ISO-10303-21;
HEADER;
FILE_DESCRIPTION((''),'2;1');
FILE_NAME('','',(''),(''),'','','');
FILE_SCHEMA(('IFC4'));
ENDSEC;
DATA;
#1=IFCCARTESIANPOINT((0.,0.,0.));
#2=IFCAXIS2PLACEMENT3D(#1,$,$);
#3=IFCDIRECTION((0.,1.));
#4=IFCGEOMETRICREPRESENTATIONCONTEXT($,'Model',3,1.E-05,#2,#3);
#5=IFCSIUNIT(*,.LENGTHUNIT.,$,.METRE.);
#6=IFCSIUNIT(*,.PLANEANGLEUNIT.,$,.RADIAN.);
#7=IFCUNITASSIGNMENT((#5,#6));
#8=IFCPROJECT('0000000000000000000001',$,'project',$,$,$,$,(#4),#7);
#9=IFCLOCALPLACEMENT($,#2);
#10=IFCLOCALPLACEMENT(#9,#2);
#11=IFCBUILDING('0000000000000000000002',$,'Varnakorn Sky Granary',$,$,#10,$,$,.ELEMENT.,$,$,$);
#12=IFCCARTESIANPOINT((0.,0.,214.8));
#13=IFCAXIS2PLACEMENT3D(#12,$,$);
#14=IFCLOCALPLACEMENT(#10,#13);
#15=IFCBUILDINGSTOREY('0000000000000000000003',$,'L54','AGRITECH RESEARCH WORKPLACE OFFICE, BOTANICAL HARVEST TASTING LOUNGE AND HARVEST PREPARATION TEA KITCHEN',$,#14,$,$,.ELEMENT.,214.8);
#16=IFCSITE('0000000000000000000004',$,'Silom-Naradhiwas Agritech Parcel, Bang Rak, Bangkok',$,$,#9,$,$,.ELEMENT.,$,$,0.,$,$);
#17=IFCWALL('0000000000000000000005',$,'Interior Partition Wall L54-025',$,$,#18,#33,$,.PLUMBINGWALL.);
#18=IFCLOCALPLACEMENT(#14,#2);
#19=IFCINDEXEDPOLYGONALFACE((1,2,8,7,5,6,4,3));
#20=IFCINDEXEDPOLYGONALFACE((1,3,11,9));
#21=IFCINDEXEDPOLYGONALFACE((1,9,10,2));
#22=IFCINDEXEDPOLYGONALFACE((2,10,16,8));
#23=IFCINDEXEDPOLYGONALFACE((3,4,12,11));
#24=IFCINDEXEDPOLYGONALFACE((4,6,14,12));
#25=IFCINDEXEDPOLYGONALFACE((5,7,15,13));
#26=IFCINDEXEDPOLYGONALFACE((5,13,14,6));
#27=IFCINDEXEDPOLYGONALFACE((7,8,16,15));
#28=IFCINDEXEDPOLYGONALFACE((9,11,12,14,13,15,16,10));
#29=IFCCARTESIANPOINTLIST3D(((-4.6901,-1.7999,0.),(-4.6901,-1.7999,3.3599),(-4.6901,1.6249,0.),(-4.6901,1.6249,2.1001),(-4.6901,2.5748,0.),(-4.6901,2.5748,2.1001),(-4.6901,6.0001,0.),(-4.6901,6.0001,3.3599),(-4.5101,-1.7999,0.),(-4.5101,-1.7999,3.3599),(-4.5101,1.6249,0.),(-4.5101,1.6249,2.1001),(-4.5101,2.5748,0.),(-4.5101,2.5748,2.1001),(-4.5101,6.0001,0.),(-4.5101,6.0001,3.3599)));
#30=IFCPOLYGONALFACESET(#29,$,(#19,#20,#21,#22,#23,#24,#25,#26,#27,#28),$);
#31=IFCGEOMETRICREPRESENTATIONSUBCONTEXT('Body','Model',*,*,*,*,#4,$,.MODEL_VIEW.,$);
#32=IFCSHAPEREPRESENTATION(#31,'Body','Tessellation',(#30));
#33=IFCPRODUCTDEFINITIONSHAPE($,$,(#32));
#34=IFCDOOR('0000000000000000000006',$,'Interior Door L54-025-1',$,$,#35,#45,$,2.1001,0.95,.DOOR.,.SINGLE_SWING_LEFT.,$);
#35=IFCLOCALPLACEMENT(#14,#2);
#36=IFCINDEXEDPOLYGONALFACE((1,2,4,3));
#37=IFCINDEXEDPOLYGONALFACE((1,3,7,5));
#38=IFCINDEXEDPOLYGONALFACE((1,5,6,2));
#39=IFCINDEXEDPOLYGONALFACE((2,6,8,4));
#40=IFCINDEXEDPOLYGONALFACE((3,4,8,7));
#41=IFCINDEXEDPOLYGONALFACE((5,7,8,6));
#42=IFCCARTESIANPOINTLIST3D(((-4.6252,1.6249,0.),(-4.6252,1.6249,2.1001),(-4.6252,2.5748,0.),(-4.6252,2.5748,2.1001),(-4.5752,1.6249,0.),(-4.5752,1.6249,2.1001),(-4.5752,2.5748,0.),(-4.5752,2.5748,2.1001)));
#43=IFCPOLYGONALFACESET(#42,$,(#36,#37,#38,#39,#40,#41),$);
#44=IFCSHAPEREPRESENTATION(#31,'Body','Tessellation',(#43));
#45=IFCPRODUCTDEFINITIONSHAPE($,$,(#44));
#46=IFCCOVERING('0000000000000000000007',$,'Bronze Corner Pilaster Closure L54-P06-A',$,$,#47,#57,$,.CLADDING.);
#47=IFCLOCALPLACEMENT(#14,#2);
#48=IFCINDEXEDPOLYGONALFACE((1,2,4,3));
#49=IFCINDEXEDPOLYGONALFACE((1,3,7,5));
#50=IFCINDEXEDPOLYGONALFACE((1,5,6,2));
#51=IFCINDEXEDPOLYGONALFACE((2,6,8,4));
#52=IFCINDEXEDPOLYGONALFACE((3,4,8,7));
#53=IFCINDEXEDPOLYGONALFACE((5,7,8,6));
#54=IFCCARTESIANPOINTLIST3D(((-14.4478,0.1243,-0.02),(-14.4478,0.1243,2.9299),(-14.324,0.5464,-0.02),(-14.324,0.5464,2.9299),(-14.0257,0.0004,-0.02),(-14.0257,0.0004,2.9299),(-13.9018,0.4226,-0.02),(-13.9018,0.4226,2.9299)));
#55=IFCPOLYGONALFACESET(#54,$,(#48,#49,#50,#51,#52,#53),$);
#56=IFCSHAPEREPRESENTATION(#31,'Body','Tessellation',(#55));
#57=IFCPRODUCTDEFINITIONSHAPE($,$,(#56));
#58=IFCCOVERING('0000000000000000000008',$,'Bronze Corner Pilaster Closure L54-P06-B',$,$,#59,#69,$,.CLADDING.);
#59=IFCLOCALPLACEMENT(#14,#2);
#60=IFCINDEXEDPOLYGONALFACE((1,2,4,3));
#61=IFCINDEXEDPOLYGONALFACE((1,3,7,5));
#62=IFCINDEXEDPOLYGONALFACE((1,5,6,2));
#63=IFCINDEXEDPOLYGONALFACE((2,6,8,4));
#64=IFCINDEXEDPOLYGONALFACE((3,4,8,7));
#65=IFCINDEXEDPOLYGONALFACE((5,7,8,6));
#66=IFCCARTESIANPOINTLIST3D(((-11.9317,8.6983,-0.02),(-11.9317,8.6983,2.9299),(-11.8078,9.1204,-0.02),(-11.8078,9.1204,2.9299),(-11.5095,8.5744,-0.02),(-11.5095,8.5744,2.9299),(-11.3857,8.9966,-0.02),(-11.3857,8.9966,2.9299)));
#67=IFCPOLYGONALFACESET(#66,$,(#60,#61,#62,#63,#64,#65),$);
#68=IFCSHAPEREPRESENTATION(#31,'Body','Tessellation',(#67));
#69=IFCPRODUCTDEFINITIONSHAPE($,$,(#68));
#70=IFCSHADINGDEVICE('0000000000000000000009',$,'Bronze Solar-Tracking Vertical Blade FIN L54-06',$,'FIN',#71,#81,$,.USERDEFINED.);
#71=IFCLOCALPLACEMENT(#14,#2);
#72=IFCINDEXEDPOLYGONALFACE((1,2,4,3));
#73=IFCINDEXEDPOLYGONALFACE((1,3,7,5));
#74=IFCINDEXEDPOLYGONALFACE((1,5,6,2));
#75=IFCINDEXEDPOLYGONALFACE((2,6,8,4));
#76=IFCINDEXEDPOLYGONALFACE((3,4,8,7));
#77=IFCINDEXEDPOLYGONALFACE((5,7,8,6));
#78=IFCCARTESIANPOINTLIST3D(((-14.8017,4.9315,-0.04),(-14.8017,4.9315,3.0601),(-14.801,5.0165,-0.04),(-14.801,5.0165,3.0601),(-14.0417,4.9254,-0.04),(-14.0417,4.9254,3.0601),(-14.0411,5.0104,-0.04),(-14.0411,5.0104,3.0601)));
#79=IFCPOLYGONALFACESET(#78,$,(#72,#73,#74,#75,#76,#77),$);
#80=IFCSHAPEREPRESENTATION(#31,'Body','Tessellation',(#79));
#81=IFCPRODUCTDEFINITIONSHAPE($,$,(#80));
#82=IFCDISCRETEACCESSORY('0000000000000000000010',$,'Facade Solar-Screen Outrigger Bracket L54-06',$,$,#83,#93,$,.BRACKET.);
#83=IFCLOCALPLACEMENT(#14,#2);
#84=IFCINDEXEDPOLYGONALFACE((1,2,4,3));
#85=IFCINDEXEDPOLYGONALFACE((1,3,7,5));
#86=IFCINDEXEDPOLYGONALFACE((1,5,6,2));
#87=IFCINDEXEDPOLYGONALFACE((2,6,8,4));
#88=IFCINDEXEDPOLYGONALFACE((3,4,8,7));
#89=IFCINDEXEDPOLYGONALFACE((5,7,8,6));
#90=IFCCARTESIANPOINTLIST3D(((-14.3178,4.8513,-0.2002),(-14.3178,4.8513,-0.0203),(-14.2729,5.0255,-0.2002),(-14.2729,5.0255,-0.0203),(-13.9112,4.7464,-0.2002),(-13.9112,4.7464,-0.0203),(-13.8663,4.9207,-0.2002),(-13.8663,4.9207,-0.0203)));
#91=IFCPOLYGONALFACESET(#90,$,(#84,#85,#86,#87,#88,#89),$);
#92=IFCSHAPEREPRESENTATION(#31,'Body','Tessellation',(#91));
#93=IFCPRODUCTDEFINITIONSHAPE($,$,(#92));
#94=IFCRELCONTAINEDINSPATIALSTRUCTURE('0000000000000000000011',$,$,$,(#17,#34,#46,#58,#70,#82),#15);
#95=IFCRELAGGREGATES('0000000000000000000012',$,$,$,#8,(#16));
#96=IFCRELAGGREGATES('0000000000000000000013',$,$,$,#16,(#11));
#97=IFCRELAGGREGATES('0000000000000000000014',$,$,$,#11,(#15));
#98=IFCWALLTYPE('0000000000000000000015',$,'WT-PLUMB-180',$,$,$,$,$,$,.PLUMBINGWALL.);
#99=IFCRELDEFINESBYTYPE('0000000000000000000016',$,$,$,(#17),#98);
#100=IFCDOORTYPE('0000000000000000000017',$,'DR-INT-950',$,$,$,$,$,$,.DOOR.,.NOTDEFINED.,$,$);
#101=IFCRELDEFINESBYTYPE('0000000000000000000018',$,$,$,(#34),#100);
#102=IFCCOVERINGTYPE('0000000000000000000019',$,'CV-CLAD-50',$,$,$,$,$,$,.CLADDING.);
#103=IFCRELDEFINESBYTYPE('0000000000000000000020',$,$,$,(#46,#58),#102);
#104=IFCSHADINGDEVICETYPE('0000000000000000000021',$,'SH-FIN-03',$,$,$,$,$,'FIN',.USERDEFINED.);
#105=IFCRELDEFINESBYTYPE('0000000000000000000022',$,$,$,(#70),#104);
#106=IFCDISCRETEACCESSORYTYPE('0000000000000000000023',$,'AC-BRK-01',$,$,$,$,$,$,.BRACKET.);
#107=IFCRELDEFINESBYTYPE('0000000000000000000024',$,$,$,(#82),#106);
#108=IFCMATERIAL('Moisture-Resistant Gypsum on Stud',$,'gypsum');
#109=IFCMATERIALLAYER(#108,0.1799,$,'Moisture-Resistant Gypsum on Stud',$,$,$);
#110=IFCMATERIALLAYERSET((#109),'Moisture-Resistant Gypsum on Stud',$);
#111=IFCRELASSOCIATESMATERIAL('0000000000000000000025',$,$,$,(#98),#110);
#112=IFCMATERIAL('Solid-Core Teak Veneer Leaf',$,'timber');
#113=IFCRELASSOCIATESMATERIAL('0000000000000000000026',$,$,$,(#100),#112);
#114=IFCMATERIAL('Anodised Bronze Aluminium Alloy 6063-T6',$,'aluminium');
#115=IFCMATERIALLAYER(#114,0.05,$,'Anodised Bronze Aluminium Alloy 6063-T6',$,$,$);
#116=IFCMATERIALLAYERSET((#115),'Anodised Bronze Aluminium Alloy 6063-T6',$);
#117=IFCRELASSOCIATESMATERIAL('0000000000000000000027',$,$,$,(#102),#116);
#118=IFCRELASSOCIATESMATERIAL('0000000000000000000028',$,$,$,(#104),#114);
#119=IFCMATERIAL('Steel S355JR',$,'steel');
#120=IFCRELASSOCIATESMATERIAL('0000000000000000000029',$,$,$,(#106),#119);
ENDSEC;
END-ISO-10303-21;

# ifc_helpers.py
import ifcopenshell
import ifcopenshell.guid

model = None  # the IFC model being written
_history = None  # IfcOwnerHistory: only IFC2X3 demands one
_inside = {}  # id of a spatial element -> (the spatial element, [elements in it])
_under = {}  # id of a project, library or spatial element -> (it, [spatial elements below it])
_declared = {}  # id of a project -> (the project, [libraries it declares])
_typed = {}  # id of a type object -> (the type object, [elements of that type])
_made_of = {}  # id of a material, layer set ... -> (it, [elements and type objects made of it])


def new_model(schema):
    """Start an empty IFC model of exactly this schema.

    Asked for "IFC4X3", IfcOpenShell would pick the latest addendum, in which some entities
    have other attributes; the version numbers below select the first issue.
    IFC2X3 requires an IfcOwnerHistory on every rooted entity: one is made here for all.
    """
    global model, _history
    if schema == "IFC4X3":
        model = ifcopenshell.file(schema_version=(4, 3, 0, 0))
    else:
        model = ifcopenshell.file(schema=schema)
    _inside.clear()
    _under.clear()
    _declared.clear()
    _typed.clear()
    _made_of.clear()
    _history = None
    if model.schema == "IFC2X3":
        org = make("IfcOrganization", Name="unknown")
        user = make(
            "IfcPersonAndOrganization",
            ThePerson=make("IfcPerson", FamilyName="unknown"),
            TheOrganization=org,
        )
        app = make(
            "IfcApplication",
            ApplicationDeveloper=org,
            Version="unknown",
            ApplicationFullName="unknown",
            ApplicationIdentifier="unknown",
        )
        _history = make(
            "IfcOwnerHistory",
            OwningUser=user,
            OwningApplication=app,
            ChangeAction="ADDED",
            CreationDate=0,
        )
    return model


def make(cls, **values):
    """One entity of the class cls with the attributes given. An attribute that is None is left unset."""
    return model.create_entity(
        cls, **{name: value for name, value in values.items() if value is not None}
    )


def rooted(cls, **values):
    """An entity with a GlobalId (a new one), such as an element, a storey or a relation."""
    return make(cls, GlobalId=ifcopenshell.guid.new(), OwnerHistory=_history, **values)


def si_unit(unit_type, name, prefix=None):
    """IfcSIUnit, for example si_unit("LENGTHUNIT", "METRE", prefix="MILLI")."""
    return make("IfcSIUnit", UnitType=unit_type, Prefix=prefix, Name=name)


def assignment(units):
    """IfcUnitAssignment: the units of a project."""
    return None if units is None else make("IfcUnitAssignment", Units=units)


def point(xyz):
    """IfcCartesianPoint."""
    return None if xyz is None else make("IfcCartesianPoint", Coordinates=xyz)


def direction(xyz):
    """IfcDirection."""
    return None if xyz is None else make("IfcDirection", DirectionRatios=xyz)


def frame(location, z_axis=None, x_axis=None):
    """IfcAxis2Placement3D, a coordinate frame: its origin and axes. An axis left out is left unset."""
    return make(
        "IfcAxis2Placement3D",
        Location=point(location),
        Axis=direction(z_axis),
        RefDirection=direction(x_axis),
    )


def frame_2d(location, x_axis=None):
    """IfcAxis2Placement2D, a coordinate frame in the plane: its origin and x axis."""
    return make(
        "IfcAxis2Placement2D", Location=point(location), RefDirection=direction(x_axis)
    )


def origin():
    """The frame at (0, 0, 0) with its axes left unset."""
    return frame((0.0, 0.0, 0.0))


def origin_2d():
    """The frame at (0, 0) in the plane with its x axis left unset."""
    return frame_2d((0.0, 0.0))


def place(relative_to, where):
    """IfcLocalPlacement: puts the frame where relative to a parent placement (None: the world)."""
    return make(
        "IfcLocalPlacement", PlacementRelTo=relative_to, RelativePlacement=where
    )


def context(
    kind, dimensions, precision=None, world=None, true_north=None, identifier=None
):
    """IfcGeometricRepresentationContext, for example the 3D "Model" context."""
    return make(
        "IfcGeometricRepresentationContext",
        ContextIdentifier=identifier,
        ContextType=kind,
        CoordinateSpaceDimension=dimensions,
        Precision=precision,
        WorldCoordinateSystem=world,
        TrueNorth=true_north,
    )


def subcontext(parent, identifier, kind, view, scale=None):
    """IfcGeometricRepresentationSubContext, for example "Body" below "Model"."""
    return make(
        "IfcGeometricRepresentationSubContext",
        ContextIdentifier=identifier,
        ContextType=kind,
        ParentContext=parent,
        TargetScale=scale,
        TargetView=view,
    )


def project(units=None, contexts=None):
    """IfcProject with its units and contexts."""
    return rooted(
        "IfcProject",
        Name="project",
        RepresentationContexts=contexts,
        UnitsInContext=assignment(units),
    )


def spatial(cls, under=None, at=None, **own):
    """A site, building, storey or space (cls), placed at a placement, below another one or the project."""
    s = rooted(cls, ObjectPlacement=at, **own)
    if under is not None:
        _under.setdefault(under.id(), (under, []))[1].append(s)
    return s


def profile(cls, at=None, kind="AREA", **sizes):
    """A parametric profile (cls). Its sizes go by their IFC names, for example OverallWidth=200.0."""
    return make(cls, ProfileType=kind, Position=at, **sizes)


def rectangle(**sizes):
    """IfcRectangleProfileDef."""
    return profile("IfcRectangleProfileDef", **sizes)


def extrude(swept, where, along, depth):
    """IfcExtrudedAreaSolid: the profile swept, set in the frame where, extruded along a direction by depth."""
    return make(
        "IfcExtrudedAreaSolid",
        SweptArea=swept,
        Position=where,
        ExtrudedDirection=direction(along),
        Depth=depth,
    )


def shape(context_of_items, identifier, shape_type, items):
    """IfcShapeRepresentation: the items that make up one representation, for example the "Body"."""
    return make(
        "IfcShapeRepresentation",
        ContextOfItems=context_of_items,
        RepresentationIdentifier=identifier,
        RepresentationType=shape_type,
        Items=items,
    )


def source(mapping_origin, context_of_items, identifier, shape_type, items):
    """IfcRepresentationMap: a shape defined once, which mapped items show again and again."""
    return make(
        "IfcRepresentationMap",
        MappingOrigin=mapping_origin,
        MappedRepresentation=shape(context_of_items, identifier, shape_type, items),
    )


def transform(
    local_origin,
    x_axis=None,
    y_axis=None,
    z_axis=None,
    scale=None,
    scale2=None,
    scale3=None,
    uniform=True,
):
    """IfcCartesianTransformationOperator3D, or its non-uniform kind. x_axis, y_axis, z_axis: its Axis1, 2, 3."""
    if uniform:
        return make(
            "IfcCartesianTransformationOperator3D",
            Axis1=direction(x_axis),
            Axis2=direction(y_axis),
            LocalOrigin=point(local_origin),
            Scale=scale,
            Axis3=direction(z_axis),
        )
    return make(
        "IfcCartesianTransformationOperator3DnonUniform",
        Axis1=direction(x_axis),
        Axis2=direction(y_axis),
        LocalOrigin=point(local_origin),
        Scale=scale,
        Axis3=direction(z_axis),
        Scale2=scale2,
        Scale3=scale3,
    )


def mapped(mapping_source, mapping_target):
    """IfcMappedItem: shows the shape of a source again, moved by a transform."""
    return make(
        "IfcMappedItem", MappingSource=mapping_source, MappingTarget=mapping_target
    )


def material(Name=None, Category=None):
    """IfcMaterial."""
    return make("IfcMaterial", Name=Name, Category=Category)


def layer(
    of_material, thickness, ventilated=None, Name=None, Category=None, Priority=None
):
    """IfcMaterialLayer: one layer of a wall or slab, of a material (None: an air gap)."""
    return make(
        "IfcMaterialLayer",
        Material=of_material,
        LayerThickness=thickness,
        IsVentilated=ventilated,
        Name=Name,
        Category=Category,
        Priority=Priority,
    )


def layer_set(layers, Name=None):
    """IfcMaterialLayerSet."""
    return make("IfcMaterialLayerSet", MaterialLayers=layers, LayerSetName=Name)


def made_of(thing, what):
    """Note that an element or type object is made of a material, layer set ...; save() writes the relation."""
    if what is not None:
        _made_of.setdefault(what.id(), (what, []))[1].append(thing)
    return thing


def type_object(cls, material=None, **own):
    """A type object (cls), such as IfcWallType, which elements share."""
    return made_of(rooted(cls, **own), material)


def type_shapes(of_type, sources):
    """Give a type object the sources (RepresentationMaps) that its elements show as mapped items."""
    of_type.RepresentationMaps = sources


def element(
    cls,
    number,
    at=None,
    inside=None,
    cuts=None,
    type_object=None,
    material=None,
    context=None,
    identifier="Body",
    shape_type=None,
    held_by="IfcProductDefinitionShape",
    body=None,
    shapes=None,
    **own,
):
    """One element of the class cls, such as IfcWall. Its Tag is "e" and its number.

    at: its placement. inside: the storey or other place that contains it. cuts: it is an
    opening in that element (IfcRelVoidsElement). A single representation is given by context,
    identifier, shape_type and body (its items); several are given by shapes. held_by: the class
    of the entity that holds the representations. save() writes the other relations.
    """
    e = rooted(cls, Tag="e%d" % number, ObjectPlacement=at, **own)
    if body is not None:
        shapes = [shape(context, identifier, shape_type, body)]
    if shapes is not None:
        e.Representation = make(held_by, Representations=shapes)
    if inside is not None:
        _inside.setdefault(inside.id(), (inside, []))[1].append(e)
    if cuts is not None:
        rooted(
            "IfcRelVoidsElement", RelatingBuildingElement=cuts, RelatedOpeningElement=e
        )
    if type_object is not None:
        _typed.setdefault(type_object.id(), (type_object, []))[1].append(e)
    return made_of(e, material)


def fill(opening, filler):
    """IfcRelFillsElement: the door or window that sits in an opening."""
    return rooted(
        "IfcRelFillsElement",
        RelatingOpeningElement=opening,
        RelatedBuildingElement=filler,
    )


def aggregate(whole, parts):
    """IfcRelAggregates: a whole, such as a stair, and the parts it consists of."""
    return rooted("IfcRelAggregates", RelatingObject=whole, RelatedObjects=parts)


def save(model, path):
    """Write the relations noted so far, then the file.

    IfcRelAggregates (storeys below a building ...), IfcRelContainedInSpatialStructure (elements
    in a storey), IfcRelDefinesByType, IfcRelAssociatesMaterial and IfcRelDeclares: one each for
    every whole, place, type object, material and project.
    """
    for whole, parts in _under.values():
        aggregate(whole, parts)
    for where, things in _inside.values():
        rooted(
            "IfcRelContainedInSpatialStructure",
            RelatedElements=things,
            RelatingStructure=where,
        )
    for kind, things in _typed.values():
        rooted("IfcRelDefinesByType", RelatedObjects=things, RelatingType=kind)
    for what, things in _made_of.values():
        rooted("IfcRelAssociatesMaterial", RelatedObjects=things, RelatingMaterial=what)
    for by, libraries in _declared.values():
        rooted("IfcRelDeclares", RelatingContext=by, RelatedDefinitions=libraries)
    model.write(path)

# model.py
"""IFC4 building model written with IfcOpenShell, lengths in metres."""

from ifc_helpers import new_model, si_unit, direction, frame, frame_2d, origin, origin_2d, place, context, subcontext, project, spatial, rectangle, extrude, source, transform, mapped, material, layer, layer_set, type_object, type_shapes, element, fill, save


model = new_model("IFC4")

# Units and contexts
model_context = context("Model", 3, precision=1e-05, world=origin(), true_north=direction((0.0, 1.0)))
body_context = subcontext(model_context, "Body", "Model", "MODEL_VIEW")
ifc_project = project(units=[si_unit("LENGTHUNIT", "METRE"), si_unit("PLANEANGLEUNIT", "RADIAN")], contexts=[model_context])

# Site, building, storey
site_placement = place(None, origin())
site = spatial("IfcSite", under=ifc_project, at=site_placement, Name="Silom-Naradhiwas Agritech Parcel, Bang Rak, Bangkok", CompositionType="ELEMENT", RefElevation=0.0)
building_placement = place(site_placement, origin())
building = spatial("IfcBuilding", under=site, at=building_placement, Name="Varnakorn Sky Granary", CompositionType="ELEMENT")
storey_placement = place(building_placement, frame((0.0, 0.0, 214.8)))
storey = spatial("IfcBuildingStorey", under=building, at=storey_placement, Name="L54", Description="AGRITECH RESEARCH WORKPLACE OFFICE, BOTANICAL HARVEST TASTING LOUNGE AND HARVEST PREPARATION TEA KITCHEN", CompositionType="ELEMENT", Elevation=214.8)

# Shared definitions
ifc_material_1 = material(Name="Steel S355JR", Category="steel")

# Shared definitions
ifc_material_2 = material(Name="Anodised Bronze Aluminium Alloy 6063-T6", Category="aluminium")

# Wall, opening, door
ifc_material_3 = material(Name="Moisture-Resistant Gypsum on Stud", Category="gypsum")
ifc_layer_1 = layer(ifc_material_3, 0.1799, Name="Moisture-Resistant Gypsum on Stud")
ifc_layer_set_1 = layer_set([ifc_layer_1], Name="Moisture-Resistant Gypsum on Stud")
wall_type_1 = type_object("IfcWallType", Name="WT-PLUMB-180", PredefinedType="PLUMBINGWALL", material=ifc_layer_set_1)
wall_1_placement = place(storey_placement, frame((-4.6001, 6.0, 0.0), z_axis=(0.0, 0.0, 1.0), x_axis=(0.0, -1.0, 0.0)))
wall_1 = element("IfcWall", 1, at=wall_1_placement, inside=storey, type_object=wall_type_1, Name="Interior Partition Wall L54-025", PredefinedType="PLUMBINGWALL", context=body_context, shape_type="SweptSolid", body=[
    extrude(rectangle(XDim=7.8, YDim=0.1799, at=frame_2d((3.8999, 0.0))), origin(), (0.0, 0.0, 1.0), 3.3599),
])
opening_placement = place(wall_1_placement, frame((3.425, 0.0, 0.0)))
opening = element("IfcOpeningElement", 2, at=opening_placement, cuts=wall_1, PredefinedType="OPENING", context=body_context, shape_type="SweptSolid", body=[
    extrude(rectangle(XDim=0.95, YDim=2.1001, at=frame_2d((0.4751, 1.05))), frame((0.0, 0.1001, 0.0), z_axis=(0.0, -1.0, 0.0), x_axis=(1.0, 0.0, 0.0)), (0.0, 0.0, 1.0), 0.2),
])
ifc_material_4 = material(Name="Solid-Core Teak Veneer Leaf", Category="timber")
door_type = type_object("IfcDoorType", Name="DR-INT-950", OperationType="NOTDEFINED", PredefinedType="DOOR", material=ifc_material_4)
door_placement = place(opening_placement, origin())
door = element("IfcDoor", 3, at=door_placement, inside=storey, type_object=door_type, Name="Interior Door L54-025-1", OperationType="SINGLE_SWING_LEFT", OverallHeight=2.1001, OverallWidth=0.95, PredefinedType="DOOR", context=body_context, shape_type="SweptSolid", body=[
    extrude(rectangle(XDim=0.95, YDim=2.1001, at=frame_2d((0.4751, 1.05))), frame((0.0, 0.0249, 0.0), z_axis=(0.0, -1.0, 0.0), x_axis=(1.0, 0.0, 0.0)), (0.0, 0.0, 1.0), 0.05),
])
fill(opening, door)

# Coverings
ifc_layer_2 = layer(ifc_material_2, 0.05, Name="Anodised Bronze Aluminium Alloy 6063-T6")
ifc_layer_set_2 = layer_set([ifc_layer_2], Name="Anodised Bronze Aluminium Alloy 6063-T6")
covering_type = type_object("IfcCoveringType", Name="CV-CLAD-50", PredefinedType="CLADDING", material=ifc_layer_set_2)
shared_shape_1 = source(origin(), body_context, "Body", "SweptSolid", [
    extrude(rectangle(XDim=0.4399, YDim=0.4399, at=origin_2d()), origin(), (0.0, 0.0, 1.0), 2.95),
])
type_shapes(covering_type, [shared_shape_1])
for number, where, z_axis, x_axis, name in (
    (4, (-14.1748, 0.2734, -0.02), (0.0, 0.0, 1.0), (0.281504, 0.95956, 0.0), "Bronze Corner Pilaster Closure L54-P06-A"),
    (5, (-11.6587, 8.8474, -0.02), (0.0, 0.0, 1.0), (0.281504, 0.95956, 0.0), "Bronze Corner Pilaster Closure L54-P06-B"),
):
    element("IfcCovering", number, at=place(storey_placement, frame(where, z_axis=z_axis, x_axis=x_axis)), inside=storey, type_object=covering_type, Name=name, PredefinedType="CLADDING", context=body_context, shape_type="MappedRepresentation", body=[
        mapped(shared_shape_1, transform((0.0, 0.0, 0.0), x_axis=(1.0, 0.0, 0.0), y_axis=(0.0, 1.0, 0.0), z_axis=(0.0, 0.0, 1.0), scale=1.0)),
    ])

# Shading device
shading_device_type = type_object("IfcShadingDeviceType", Name="SH-FIN-03", ElementType="FIN", PredefinedType="USERDEFINED", material=ifc_material_2)
shared_shape_2 = source(origin(), body_context, "Body", "SweptSolid", [
    extrude(rectangle(XDim=0.085, YDim=0.76, at=origin_2d()), origin(), (0.0, 0.0, 1.0), 3.1001),
])
type_shapes(shading_device_type, [shared_shape_2])
shading_device_placement = place(storey_placement, frame((-14.4214, 4.9709, -0.04), z_axis=(0.0, 0.0, 1.0), x_axis=(-0.008029, -0.999968, 0.0)))
element("IfcShadingDevice", 6, at=shading_device_placement, inside=storey, type_object=shading_device_type, Name="Bronze Solar-Tracking Vertical Blade FIN L54-06", ObjectType="FIN", PredefinedType="USERDEFINED", context=body_context, shape_type="MappedRepresentation", body=[
    mapped(shared_shape_2, transform((0.0, 0.0, 0.0), x_axis=(1.0, 0.0, 0.0), y_axis=(0.0, 1.0, 0.0), z_axis=(0.0, 0.0, 1.0), scale=1.0)),
])

# Discrete accessory
discrete_accessory_type = type_object("IfcDiscreteAccessoryType", Name="AC-BRK-01", PredefinedType="BRACKET", material=ifc_material_1)
shared_shape_3 = source(origin(), body_context, "Body", "SweptSolid", [
    extrude(rectangle(XDim=0.1799, YDim=0.4199, at=origin_2d()), origin(), (0.0, 0.0, 1.0), 0.1799),
])
type_shapes(discrete_accessory_type, [shared_shape_3])
discrete_accessory_placement = place(storey_placement, frame((-14.092, 4.886, -0.2002), z_axis=(0.0, 0.0, 1.0), x_axis=(-0.249767, -0.968306, 0.0)))
element("IfcDiscreteAccessory", 7, at=discrete_accessory_placement, inside=storey, type_object=discrete_accessory_type, Name="Facade Solar-Screen Outrigger Bracket L54-06", PredefinedType="BRACKET", context=body_context, shape_type="MappedRepresentation", body=[
    mapped(shared_shape_3, transform((0.0, 0.0, 0.0), x_axis=(1.0, 0.0, 0.0), y_axis=(0.0, 1.0, 0.0), z_axis=(0.0, 0.0, 1.0), scale=1.0)),
])

save(model, "model.ifc")
